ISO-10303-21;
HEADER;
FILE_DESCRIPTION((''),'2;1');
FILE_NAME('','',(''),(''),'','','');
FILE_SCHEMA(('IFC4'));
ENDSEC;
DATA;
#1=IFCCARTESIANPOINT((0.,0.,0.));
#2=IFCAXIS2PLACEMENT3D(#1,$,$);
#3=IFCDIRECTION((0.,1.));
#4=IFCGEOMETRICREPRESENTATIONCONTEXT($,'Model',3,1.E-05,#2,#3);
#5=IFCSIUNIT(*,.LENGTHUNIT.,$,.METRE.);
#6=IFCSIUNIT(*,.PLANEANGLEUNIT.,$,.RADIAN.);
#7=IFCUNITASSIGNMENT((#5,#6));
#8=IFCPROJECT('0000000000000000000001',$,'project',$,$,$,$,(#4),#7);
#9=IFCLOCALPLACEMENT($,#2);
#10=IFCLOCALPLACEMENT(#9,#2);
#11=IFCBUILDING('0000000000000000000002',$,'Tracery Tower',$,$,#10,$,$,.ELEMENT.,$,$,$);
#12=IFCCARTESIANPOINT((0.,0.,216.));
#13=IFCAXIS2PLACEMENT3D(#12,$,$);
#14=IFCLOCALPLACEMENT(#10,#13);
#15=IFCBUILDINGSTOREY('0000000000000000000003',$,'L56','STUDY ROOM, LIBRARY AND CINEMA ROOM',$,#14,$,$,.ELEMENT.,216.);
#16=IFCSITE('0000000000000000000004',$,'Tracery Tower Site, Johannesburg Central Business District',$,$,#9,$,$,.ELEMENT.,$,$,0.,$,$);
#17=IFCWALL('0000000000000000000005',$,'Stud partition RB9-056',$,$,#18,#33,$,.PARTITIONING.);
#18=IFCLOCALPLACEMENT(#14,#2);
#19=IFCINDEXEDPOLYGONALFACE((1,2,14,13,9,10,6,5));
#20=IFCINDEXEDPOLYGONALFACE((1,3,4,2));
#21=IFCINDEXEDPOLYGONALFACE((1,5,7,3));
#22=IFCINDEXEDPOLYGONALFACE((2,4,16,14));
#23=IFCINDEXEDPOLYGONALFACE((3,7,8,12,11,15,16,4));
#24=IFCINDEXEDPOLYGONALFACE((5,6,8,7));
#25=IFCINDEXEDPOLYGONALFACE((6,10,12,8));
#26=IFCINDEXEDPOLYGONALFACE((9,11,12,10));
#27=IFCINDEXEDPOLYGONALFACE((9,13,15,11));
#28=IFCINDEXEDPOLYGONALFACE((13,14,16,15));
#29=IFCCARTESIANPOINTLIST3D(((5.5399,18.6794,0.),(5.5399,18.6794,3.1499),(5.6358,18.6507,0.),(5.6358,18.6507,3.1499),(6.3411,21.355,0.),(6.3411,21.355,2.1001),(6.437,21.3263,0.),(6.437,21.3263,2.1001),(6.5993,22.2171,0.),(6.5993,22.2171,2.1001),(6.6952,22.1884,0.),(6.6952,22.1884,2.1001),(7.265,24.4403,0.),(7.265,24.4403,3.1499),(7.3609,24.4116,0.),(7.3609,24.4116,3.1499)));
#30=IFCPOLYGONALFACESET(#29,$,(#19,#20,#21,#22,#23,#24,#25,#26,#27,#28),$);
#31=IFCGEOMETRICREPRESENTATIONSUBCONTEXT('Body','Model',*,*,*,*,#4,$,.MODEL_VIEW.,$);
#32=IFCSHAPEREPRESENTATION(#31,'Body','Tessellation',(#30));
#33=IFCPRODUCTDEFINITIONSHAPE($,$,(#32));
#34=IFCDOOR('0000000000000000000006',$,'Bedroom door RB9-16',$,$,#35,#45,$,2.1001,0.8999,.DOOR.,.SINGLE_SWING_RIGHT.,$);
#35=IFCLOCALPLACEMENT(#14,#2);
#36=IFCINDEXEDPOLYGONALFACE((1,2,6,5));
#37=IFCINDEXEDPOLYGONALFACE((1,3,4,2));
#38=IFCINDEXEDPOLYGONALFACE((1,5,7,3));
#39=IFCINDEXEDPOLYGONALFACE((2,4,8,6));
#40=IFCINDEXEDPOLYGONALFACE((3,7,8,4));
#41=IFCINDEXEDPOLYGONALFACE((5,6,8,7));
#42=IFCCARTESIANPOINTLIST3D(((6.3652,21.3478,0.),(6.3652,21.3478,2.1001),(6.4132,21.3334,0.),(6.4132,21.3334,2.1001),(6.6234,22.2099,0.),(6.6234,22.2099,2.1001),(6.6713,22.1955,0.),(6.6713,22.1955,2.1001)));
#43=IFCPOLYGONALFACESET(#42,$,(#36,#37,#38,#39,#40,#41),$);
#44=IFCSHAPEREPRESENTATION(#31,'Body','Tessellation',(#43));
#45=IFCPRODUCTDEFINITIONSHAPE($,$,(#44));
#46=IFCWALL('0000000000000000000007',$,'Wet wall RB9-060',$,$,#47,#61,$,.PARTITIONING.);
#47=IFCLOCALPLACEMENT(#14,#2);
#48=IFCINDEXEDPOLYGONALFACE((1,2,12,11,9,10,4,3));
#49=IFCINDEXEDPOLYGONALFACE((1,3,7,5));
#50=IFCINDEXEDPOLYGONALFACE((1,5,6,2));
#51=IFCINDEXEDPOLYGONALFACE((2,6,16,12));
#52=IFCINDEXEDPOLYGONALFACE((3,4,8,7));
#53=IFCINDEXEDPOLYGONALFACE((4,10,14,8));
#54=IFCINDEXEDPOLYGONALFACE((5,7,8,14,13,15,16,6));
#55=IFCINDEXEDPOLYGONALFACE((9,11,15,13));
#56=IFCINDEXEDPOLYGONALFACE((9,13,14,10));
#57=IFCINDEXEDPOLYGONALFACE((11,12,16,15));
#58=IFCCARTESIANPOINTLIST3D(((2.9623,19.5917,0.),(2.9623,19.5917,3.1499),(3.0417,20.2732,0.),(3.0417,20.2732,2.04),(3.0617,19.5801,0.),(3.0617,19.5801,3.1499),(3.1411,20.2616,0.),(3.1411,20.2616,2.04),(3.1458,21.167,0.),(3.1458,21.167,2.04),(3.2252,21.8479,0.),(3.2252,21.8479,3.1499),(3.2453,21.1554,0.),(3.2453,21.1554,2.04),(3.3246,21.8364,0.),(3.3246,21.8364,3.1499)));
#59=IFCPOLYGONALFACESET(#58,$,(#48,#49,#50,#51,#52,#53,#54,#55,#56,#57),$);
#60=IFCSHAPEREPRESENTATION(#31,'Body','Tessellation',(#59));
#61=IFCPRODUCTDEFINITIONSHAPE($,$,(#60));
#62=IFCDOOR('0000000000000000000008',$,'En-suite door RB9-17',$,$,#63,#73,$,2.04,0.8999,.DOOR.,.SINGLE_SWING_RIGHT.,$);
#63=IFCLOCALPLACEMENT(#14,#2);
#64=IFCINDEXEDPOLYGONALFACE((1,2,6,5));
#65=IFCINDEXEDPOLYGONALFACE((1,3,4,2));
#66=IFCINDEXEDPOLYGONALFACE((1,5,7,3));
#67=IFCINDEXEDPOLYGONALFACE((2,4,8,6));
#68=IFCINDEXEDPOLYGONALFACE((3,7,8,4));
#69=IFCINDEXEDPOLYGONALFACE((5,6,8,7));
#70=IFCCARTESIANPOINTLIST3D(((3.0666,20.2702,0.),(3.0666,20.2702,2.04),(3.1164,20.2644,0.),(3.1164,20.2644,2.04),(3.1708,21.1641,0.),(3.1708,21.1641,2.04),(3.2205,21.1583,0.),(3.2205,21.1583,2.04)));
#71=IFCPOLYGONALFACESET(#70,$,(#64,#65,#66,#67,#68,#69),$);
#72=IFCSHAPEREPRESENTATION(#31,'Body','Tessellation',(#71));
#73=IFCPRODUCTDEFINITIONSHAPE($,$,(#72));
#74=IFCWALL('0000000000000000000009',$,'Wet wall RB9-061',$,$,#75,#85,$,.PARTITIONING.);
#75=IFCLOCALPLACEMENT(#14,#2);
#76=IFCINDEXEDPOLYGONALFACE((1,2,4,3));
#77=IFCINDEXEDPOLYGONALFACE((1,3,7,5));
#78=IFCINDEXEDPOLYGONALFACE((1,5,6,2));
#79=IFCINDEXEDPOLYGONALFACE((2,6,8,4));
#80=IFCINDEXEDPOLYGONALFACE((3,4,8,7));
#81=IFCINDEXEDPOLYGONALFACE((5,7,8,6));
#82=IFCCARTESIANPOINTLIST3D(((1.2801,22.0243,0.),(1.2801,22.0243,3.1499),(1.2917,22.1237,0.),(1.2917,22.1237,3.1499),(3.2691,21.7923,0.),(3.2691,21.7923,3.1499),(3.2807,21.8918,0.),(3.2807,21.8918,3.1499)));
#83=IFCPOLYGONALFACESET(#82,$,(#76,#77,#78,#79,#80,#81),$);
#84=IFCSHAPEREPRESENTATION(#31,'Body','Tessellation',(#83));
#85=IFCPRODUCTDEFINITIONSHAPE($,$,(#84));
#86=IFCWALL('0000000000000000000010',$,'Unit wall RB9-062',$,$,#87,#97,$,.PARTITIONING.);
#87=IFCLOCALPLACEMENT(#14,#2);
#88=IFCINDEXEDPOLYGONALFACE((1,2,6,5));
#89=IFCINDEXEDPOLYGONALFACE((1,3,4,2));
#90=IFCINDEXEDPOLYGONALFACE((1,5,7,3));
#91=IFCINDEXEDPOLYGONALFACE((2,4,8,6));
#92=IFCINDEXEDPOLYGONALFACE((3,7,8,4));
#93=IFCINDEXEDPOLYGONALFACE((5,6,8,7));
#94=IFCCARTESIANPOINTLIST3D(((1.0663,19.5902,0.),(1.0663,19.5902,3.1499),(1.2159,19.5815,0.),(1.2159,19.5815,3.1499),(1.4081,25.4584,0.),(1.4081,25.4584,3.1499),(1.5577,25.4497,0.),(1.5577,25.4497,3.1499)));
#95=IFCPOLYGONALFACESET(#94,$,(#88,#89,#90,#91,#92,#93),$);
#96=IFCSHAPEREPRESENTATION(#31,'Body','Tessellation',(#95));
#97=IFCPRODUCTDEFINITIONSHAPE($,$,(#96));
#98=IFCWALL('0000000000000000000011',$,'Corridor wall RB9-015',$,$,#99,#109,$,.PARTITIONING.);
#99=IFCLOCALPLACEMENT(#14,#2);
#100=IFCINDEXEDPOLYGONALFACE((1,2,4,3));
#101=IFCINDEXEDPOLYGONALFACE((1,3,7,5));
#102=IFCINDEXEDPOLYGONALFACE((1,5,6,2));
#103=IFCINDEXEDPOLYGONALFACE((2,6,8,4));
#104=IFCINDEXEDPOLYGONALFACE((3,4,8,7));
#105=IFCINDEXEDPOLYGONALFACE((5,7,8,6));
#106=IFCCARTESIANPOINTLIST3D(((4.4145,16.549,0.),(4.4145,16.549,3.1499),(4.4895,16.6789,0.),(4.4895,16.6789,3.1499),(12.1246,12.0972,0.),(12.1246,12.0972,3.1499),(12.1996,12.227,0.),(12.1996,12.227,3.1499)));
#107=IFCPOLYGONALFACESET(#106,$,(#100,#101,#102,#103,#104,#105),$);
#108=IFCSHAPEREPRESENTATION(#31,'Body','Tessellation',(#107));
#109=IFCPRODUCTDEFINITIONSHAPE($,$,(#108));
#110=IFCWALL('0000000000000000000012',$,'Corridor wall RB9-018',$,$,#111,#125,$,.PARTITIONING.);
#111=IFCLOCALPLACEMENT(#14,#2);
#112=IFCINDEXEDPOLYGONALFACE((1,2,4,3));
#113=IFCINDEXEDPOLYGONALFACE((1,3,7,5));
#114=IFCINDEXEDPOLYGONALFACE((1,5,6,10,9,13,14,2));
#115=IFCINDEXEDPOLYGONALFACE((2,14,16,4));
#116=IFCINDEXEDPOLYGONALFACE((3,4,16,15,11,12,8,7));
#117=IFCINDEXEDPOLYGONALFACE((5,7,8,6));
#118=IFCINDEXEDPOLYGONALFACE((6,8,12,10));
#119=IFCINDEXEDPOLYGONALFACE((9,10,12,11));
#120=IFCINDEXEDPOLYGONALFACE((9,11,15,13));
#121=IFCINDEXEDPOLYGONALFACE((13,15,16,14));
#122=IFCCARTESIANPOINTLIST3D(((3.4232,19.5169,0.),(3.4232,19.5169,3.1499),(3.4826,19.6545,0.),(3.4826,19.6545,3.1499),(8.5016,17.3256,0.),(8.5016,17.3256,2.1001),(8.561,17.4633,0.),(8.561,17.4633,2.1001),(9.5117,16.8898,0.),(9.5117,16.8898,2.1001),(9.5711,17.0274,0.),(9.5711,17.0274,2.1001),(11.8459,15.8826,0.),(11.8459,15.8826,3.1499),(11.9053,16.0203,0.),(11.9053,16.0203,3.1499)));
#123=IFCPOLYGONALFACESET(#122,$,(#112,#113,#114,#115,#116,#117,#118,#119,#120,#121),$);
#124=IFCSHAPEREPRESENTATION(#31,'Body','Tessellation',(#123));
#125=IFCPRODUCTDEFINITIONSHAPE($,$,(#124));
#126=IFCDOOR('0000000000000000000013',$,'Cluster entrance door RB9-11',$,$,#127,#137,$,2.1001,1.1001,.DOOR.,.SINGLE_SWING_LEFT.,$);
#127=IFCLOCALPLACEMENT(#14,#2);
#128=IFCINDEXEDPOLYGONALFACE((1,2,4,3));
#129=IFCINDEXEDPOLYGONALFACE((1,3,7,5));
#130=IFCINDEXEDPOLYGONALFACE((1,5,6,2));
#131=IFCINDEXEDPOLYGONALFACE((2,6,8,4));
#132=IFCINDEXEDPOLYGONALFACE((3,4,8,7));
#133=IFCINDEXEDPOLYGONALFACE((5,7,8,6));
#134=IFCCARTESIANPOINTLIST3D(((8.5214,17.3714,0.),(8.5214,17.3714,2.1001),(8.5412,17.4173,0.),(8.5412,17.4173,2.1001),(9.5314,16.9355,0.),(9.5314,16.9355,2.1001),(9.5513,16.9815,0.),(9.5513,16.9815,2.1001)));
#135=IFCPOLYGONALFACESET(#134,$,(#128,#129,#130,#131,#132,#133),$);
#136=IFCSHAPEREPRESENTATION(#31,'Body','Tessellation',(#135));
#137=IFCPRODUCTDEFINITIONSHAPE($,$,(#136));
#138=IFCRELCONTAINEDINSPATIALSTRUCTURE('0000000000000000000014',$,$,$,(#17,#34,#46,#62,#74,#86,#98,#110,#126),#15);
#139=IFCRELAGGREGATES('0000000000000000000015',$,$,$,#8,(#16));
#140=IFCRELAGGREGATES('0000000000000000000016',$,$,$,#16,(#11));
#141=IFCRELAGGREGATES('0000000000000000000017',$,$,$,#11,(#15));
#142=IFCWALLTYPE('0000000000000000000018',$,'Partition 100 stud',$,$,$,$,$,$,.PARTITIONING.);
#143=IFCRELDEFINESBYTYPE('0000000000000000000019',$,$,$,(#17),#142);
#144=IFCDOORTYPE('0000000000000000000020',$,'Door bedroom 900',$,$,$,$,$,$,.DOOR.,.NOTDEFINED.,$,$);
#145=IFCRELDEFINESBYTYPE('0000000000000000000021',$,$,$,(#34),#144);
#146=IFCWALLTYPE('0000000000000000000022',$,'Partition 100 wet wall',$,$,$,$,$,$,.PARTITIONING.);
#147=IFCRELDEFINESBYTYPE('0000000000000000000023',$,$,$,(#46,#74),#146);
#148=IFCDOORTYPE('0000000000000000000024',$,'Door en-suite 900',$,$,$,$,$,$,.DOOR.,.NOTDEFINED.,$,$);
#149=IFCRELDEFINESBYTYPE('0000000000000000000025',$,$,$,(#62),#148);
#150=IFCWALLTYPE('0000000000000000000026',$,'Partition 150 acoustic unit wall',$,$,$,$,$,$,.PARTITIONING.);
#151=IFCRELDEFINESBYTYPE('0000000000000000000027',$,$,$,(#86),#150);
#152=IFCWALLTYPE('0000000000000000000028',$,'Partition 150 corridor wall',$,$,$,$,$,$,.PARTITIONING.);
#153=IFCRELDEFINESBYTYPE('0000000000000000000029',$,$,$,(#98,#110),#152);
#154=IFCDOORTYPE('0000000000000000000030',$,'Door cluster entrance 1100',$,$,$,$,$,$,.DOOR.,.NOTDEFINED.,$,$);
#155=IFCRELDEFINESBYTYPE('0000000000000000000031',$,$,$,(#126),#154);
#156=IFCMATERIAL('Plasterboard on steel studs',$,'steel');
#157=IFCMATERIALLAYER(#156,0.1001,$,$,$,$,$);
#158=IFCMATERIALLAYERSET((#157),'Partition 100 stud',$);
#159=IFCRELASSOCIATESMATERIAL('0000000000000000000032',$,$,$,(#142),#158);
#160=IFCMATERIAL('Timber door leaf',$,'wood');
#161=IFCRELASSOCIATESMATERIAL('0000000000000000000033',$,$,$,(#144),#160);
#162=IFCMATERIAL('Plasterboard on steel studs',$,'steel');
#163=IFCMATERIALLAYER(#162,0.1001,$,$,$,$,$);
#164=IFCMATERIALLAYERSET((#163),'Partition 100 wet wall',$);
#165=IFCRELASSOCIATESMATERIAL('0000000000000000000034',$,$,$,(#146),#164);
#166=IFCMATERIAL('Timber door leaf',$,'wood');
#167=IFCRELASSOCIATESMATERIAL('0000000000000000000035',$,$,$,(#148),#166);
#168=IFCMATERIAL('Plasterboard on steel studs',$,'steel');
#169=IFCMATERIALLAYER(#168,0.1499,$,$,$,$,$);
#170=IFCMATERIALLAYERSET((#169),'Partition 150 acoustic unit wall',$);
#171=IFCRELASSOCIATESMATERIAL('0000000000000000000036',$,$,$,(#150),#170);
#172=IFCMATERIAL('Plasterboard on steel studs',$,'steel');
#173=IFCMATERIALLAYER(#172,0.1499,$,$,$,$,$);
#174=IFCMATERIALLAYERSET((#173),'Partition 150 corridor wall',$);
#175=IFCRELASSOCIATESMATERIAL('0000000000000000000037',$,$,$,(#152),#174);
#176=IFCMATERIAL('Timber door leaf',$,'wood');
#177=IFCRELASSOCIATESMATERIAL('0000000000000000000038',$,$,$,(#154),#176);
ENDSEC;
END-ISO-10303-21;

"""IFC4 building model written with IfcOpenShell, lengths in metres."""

from ifc_helpers import new_model, si_unit, direction, frame, frame_2d, origin, place, context, subcontext, project, spatial, rectangle, extrude, material, layer, layer_set, type_object, element, fill, save


model = new_model("IFC4")

# Units and contexts
model_context = context("Model", 3, precision=1e-05, world=origin(), true_north=direction((0.0, 1.0)))
body_context = subcontext(model_context, "Body", "Model", "MODEL_VIEW")
ifc_project = project(units=[si_unit("LENGTHUNIT", "METRE"), si_unit("PLANEANGLEUNIT", "RADIAN")], contexts=[model_context])

# Site, building, storey
site_placement = place(None, origin())
site = spatial("IfcSite", under=ifc_project, at=site_placement, Name="Tracery Tower Site, Johannesburg Central Business District", CompositionType="ELEMENT", RefElevation=0.0)
building_placement = place(site_placement, origin())
building = spatial("IfcBuilding", under=site, at=building_placement, Name="Tracery Tower", CompositionType="ELEMENT")
storey_placement = place(building_placement, frame((0.0, 0.0, 216.0)))
storey = spatial("IfcBuildingStorey", under=building, at=storey_placement, Name="L56", Description="STUDY ROOM, LIBRARY AND CINEMA ROOM", CompositionType="ELEMENT", Elevation=216.0)

# Walls, openings, doors
ifc_material_1 = material(Name="Plasterboard on steel studs", Category="steel")
ifc_layer_1 = layer(ifc_material_1, 0.1001)
ifc_layer_set_1 = layer_set([ifc_layer_1], Name="Partition 100 stud")
wall_type_1 = type_object("IfcWallType", Name="Partition 100 stud", PredefinedType="PARTITIONING", material=ifc_layer_set_1)
wall_1_placement = place(storey_placement, frame((5.5879, 18.665, 0.0), z_axis=(0.0, 0.0, 1.0), x_axis=(0.28686, 0.957973, 0.0)))
wall_1 = element("IfcWall", 1, at=wall_1_placement, inside=storey, type_object=wall_type_1, Name="Stud partition RB9-056", PredefinedType="PARTITIONING", context=body_context, shape_type="SweptSolid", body=[
    extrude(rectangle(XDim=6.0137, YDim=0.1001, at=frame_2d((3.0068, 0.0))), origin(), (0.0, 0.0, 1.0), 3.1499),
])
opening_1_placement = place(wall_1_placement, frame((2.793, 0.0, 0.0)))
opening_1 = element("IfcOpeningElement", 2, at=opening_1_placement, cuts=wall_1, PredefinedType="OPENING", context=body_context, shape_type="SweptSolid", body=[
    extrude(rectangle(XDim=0.8999, YDim=2.1001, at=frame_2d((0.45, 1.05))), frame((0.0, 0.05, 0.0), z_axis=(0.0, -1.0, 0.0), x_axis=(1.0, 0.0, 0.0)), (0.0, 0.0, 1.0), 0.1001),
])
ifc_material_2 = material(Name="Timber door leaf", Category="wood")
door_type_1 = type_object("IfcDoorType", Name="Door bedroom 900", OperationType="NOTDEFINED", PredefinedType="DOOR", material=ifc_material_2)
door_1_placement = place(opening_1_placement, origin())
door_1 = element("IfcDoor", 3, at=door_1_placement, inside=storey, type_object=door_type_1, Name="Bedroom door RB9-16", OperationType="SINGLE_SWING_RIGHT", OverallHeight=2.1001, OverallWidth=0.8999, PredefinedType="DOOR", context=body_context, shape_type="SweptSolid", body=[
    extrude(rectangle(XDim=0.8999, YDim=2.1001, at=frame_2d((0.45, 1.05))), frame((0.0, 0.0249, 0.0), z_axis=(0.0, -1.0, 0.0), x_axis=(1.0, 0.0, 0.0)), (0.0, 0.0, 1.0), 0.05),
])
fill(opening_1, door_1)
ifc_material_3 = material(Name="Plasterboard on steel studs", Category="steel")
ifc_layer_2 = layer(ifc_material_3, 0.1001)
ifc_layer_set_2 = layer_set([ifc_layer_2], Name="Partition 100 wet wall")
wall_type_2 = type_object("IfcWallType", Name="Partition 100 wet wall", PredefinedType="PARTITIONING", material=ifc_layer_set_2)
wall_2_placement = place(storey_placement, frame((3.012, 19.5859, 0.0), z_axis=(0.0, 0.0, 1.0), x_axis=(0.115762, 0.993277, 0.0)))
wall_2 = element("IfcWall", 4, at=wall_2_placement, inside=storey, type_object=wall_type_2, Name="Wet wall RB9-060", PredefinedType="PARTITIONING", context=body_context, shape_type="SweptSolid", body=[
    extrude(rectangle(XDim=2.2715, YDim=0.1001, at=frame_2d((1.1357, 0.0))), origin(), (0.0, 0.0, 1.0), 3.1499),
])
opening_2_placement = place(wall_2_placement, frame((0.686, 0.0, 0.0)))
opening_2 = element("IfcOpeningElement", 5, at=opening_2_placement, cuts=wall_2, PredefinedType="OPENING", context=body_context, shape_type="SweptSolid", body=[
    extrude(rectangle(XDim=0.8999, YDim=2.04, at=frame_2d((0.45, 1.02))), frame((0.0, 0.05, 0.0), z_axis=(0.0, -1.0, 0.0), x_axis=(1.0, 0.0, 0.0)), (0.0, 0.0, 1.0), 0.1001),
])
ifc_material_4 = material(Name="Timber door leaf", Category="wood")
door_type_2 = type_object("IfcDoorType", Name="Door en-suite 900", OperationType="NOTDEFINED", PredefinedType="DOOR", material=ifc_material_4)
door_2_placement = place(opening_2_placement, origin())
door_2 = element("IfcDoor", 6, at=door_2_placement, inside=storey, type_object=door_type_2, Name="En-suite door RB9-17", OperationType="SINGLE_SWING_RIGHT", OverallHeight=2.04, OverallWidth=0.8999, PredefinedType="DOOR", context=body_context, shape_type="SweptSolid", body=[
    extrude(rectangle(XDim=0.8999, YDim=2.04, at=frame_2d((0.45, 1.02))), frame((0.0, 0.0249, 0.0), z_axis=(0.0, -1.0, 0.0), x_axis=(1.0, 0.0, 0.0)), (0.0, 0.0, 1.0), 0.05),
])
fill(opening_2, door_2)

# Walls
wall_3_placement = place(storey_placement, frame((1.2859, 22.074, 0.0), z_axis=(0.0, 0.0, 1.0), x_axis=(0.99327, -0.115823, 0.0)))
element("IfcWall", 7, at=wall_3_placement, inside=storey, type_object=wall_type_2, Name="Wet wall RB9-061", PredefinedType="PARTITIONING", context=body_context, shape_type="SweptSolid", body=[
    extrude(rectangle(XDim=2.0024, YDim=0.1001, at=frame_2d((1.0012, 0.0))), origin(), (0.0, 0.0, 1.0), 3.1499),
])
ifc_material_5 = material(Name="Plasterboard on steel studs", Category="steel")
ifc_layer_3 = layer(ifc_material_5, 0.1499)
ifc_layer_set_3 = layer_set([ifc_layer_3], Name="Partition 150 acoustic unit wall")
wall_type_3 = type_object("IfcWallType", Name="Partition 150 acoustic unit wall", PredefinedType="PARTITIONING", material=ifc_layer_set_3)
wall_4_placement = place(storey_placement, frame((1.1411, 19.5859, 0.0), z_axis=(0.0, 0.0, 1.0), x_axis=(0.058147, 0.998308, 0.0)))
element("IfcWall", 8, at=wall_4_placement, inside=storey, type_object=wall_type_3, Name="Unit wall RB9-062", PredefinedType="PARTITIONING", context=body_context, shape_type="SweptSolid", body=[
    extrude(rectangle(XDim=5.8782, YDim=0.1499, at=frame_2d((2.939, 0.0))), origin(), (0.0, 0.0, 1.0), 3.1499),
])
ifc_material_6 = material(Name="Plasterboard on steel studs", Category="steel")
ifc_layer_4 = layer(ifc_material_6, 0.1499)
ifc_layer_set_4 = layer_set([ifc_layer_4], Name="Partition 150 corridor wall")
wall_type_4 = type_object("IfcWallType", Name="Partition 150 corridor wall", PredefinedType="PARTITIONING", material=ifc_layer_set_4)
wall_5_placement = place(storey_placement, frame((4.4519, 16.614, 0.0), z_axis=(0.0, 0.0, 1.0), x_axis=(0.866005, -0.500035, 0.0)))
element("IfcWall", 9, at=wall_5_placement, inside=storey, type_object=wall_type_4, Name="Corridor wall RB9-015", PredefinedType="PARTITIONING", context=body_context, shape_type="SweptSolid", body=[
    extrude(rectangle(XDim=8.9031, YDim=0.1499, at=frame_2d((4.4517, 0.0))), origin(), (0.0, 0.0, 1.0), 3.1499),
])

# Wall, opening, door
wall_6_placement = place(storey_placement, frame((3.4529, 19.5857, 0.0), z_axis=(0.0, 0.0, 1.0), x_axis=(0.918176, -0.396173, 0.0)))
wall_6 = element("IfcWall", 10, at=wall_6_placement, inside=storey, type_object=wall_type_4, Name="Corridor wall RB9-018", PredefinedType="PARTITIONING", context=body_context, shape_type="SweptSolid", body=[
    extrude(rectangle(XDim=9.1733, YDim=0.1499, at=frame_2d((4.5867, 0.0))), origin(), (0.0, 0.0, 1.0), 3.1499),
])
opening_3_placement = place(wall_6_placement, frame((5.531, 0.0, 0.0)))
opening_3 = element("IfcOpeningElement", 11, at=opening_3_placement, cuts=wall_6, PredefinedType="OPENING", context=body_context, shape_type="SweptSolid", body=[
    extrude(rectangle(XDim=1.1001, YDim=2.1001, at=frame_2d((0.55, 1.05))), frame((0.0, 0.075, 0.0), z_axis=(0.0, -1.0, 0.0), x_axis=(1.0, 0.0, 0.0)), (0.0, 0.0, 1.0), 0.1499),
])
ifc_material_7 = material(Name="Timber door leaf", Category="wood")
door_type_3 = type_object("IfcDoorType", Name="Door cluster entrance 1100", OperationType="NOTDEFINED", PredefinedType="DOOR", material=ifc_material_7)
door_3_placement = place(opening_3_placement, origin())
door_3 = element("IfcDoor", 12, at=door_3_placement, inside=storey, type_object=door_type_3, Name="Cluster entrance door RB9-11", OperationType="SINGLE_SWING_LEFT", OverallHeight=2.1001, OverallWidth=1.1001, PredefinedType="DOOR", context=body_context, shape_type="SweptSolid", body=[
    extrude(rectangle(XDim=1.1001, YDim=2.1001, at=frame_2d((0.55, 1.05))), frame((0.0, 0.0249, 0.0), z_axis=(0.0, -1.0, 0.0), x_axis=(1.0, 0.0, 0.0)), (0.0, 0.0, 1.0), 0.05),
])
fill(opening_3, door_3)

save(model, "model.ifc")
